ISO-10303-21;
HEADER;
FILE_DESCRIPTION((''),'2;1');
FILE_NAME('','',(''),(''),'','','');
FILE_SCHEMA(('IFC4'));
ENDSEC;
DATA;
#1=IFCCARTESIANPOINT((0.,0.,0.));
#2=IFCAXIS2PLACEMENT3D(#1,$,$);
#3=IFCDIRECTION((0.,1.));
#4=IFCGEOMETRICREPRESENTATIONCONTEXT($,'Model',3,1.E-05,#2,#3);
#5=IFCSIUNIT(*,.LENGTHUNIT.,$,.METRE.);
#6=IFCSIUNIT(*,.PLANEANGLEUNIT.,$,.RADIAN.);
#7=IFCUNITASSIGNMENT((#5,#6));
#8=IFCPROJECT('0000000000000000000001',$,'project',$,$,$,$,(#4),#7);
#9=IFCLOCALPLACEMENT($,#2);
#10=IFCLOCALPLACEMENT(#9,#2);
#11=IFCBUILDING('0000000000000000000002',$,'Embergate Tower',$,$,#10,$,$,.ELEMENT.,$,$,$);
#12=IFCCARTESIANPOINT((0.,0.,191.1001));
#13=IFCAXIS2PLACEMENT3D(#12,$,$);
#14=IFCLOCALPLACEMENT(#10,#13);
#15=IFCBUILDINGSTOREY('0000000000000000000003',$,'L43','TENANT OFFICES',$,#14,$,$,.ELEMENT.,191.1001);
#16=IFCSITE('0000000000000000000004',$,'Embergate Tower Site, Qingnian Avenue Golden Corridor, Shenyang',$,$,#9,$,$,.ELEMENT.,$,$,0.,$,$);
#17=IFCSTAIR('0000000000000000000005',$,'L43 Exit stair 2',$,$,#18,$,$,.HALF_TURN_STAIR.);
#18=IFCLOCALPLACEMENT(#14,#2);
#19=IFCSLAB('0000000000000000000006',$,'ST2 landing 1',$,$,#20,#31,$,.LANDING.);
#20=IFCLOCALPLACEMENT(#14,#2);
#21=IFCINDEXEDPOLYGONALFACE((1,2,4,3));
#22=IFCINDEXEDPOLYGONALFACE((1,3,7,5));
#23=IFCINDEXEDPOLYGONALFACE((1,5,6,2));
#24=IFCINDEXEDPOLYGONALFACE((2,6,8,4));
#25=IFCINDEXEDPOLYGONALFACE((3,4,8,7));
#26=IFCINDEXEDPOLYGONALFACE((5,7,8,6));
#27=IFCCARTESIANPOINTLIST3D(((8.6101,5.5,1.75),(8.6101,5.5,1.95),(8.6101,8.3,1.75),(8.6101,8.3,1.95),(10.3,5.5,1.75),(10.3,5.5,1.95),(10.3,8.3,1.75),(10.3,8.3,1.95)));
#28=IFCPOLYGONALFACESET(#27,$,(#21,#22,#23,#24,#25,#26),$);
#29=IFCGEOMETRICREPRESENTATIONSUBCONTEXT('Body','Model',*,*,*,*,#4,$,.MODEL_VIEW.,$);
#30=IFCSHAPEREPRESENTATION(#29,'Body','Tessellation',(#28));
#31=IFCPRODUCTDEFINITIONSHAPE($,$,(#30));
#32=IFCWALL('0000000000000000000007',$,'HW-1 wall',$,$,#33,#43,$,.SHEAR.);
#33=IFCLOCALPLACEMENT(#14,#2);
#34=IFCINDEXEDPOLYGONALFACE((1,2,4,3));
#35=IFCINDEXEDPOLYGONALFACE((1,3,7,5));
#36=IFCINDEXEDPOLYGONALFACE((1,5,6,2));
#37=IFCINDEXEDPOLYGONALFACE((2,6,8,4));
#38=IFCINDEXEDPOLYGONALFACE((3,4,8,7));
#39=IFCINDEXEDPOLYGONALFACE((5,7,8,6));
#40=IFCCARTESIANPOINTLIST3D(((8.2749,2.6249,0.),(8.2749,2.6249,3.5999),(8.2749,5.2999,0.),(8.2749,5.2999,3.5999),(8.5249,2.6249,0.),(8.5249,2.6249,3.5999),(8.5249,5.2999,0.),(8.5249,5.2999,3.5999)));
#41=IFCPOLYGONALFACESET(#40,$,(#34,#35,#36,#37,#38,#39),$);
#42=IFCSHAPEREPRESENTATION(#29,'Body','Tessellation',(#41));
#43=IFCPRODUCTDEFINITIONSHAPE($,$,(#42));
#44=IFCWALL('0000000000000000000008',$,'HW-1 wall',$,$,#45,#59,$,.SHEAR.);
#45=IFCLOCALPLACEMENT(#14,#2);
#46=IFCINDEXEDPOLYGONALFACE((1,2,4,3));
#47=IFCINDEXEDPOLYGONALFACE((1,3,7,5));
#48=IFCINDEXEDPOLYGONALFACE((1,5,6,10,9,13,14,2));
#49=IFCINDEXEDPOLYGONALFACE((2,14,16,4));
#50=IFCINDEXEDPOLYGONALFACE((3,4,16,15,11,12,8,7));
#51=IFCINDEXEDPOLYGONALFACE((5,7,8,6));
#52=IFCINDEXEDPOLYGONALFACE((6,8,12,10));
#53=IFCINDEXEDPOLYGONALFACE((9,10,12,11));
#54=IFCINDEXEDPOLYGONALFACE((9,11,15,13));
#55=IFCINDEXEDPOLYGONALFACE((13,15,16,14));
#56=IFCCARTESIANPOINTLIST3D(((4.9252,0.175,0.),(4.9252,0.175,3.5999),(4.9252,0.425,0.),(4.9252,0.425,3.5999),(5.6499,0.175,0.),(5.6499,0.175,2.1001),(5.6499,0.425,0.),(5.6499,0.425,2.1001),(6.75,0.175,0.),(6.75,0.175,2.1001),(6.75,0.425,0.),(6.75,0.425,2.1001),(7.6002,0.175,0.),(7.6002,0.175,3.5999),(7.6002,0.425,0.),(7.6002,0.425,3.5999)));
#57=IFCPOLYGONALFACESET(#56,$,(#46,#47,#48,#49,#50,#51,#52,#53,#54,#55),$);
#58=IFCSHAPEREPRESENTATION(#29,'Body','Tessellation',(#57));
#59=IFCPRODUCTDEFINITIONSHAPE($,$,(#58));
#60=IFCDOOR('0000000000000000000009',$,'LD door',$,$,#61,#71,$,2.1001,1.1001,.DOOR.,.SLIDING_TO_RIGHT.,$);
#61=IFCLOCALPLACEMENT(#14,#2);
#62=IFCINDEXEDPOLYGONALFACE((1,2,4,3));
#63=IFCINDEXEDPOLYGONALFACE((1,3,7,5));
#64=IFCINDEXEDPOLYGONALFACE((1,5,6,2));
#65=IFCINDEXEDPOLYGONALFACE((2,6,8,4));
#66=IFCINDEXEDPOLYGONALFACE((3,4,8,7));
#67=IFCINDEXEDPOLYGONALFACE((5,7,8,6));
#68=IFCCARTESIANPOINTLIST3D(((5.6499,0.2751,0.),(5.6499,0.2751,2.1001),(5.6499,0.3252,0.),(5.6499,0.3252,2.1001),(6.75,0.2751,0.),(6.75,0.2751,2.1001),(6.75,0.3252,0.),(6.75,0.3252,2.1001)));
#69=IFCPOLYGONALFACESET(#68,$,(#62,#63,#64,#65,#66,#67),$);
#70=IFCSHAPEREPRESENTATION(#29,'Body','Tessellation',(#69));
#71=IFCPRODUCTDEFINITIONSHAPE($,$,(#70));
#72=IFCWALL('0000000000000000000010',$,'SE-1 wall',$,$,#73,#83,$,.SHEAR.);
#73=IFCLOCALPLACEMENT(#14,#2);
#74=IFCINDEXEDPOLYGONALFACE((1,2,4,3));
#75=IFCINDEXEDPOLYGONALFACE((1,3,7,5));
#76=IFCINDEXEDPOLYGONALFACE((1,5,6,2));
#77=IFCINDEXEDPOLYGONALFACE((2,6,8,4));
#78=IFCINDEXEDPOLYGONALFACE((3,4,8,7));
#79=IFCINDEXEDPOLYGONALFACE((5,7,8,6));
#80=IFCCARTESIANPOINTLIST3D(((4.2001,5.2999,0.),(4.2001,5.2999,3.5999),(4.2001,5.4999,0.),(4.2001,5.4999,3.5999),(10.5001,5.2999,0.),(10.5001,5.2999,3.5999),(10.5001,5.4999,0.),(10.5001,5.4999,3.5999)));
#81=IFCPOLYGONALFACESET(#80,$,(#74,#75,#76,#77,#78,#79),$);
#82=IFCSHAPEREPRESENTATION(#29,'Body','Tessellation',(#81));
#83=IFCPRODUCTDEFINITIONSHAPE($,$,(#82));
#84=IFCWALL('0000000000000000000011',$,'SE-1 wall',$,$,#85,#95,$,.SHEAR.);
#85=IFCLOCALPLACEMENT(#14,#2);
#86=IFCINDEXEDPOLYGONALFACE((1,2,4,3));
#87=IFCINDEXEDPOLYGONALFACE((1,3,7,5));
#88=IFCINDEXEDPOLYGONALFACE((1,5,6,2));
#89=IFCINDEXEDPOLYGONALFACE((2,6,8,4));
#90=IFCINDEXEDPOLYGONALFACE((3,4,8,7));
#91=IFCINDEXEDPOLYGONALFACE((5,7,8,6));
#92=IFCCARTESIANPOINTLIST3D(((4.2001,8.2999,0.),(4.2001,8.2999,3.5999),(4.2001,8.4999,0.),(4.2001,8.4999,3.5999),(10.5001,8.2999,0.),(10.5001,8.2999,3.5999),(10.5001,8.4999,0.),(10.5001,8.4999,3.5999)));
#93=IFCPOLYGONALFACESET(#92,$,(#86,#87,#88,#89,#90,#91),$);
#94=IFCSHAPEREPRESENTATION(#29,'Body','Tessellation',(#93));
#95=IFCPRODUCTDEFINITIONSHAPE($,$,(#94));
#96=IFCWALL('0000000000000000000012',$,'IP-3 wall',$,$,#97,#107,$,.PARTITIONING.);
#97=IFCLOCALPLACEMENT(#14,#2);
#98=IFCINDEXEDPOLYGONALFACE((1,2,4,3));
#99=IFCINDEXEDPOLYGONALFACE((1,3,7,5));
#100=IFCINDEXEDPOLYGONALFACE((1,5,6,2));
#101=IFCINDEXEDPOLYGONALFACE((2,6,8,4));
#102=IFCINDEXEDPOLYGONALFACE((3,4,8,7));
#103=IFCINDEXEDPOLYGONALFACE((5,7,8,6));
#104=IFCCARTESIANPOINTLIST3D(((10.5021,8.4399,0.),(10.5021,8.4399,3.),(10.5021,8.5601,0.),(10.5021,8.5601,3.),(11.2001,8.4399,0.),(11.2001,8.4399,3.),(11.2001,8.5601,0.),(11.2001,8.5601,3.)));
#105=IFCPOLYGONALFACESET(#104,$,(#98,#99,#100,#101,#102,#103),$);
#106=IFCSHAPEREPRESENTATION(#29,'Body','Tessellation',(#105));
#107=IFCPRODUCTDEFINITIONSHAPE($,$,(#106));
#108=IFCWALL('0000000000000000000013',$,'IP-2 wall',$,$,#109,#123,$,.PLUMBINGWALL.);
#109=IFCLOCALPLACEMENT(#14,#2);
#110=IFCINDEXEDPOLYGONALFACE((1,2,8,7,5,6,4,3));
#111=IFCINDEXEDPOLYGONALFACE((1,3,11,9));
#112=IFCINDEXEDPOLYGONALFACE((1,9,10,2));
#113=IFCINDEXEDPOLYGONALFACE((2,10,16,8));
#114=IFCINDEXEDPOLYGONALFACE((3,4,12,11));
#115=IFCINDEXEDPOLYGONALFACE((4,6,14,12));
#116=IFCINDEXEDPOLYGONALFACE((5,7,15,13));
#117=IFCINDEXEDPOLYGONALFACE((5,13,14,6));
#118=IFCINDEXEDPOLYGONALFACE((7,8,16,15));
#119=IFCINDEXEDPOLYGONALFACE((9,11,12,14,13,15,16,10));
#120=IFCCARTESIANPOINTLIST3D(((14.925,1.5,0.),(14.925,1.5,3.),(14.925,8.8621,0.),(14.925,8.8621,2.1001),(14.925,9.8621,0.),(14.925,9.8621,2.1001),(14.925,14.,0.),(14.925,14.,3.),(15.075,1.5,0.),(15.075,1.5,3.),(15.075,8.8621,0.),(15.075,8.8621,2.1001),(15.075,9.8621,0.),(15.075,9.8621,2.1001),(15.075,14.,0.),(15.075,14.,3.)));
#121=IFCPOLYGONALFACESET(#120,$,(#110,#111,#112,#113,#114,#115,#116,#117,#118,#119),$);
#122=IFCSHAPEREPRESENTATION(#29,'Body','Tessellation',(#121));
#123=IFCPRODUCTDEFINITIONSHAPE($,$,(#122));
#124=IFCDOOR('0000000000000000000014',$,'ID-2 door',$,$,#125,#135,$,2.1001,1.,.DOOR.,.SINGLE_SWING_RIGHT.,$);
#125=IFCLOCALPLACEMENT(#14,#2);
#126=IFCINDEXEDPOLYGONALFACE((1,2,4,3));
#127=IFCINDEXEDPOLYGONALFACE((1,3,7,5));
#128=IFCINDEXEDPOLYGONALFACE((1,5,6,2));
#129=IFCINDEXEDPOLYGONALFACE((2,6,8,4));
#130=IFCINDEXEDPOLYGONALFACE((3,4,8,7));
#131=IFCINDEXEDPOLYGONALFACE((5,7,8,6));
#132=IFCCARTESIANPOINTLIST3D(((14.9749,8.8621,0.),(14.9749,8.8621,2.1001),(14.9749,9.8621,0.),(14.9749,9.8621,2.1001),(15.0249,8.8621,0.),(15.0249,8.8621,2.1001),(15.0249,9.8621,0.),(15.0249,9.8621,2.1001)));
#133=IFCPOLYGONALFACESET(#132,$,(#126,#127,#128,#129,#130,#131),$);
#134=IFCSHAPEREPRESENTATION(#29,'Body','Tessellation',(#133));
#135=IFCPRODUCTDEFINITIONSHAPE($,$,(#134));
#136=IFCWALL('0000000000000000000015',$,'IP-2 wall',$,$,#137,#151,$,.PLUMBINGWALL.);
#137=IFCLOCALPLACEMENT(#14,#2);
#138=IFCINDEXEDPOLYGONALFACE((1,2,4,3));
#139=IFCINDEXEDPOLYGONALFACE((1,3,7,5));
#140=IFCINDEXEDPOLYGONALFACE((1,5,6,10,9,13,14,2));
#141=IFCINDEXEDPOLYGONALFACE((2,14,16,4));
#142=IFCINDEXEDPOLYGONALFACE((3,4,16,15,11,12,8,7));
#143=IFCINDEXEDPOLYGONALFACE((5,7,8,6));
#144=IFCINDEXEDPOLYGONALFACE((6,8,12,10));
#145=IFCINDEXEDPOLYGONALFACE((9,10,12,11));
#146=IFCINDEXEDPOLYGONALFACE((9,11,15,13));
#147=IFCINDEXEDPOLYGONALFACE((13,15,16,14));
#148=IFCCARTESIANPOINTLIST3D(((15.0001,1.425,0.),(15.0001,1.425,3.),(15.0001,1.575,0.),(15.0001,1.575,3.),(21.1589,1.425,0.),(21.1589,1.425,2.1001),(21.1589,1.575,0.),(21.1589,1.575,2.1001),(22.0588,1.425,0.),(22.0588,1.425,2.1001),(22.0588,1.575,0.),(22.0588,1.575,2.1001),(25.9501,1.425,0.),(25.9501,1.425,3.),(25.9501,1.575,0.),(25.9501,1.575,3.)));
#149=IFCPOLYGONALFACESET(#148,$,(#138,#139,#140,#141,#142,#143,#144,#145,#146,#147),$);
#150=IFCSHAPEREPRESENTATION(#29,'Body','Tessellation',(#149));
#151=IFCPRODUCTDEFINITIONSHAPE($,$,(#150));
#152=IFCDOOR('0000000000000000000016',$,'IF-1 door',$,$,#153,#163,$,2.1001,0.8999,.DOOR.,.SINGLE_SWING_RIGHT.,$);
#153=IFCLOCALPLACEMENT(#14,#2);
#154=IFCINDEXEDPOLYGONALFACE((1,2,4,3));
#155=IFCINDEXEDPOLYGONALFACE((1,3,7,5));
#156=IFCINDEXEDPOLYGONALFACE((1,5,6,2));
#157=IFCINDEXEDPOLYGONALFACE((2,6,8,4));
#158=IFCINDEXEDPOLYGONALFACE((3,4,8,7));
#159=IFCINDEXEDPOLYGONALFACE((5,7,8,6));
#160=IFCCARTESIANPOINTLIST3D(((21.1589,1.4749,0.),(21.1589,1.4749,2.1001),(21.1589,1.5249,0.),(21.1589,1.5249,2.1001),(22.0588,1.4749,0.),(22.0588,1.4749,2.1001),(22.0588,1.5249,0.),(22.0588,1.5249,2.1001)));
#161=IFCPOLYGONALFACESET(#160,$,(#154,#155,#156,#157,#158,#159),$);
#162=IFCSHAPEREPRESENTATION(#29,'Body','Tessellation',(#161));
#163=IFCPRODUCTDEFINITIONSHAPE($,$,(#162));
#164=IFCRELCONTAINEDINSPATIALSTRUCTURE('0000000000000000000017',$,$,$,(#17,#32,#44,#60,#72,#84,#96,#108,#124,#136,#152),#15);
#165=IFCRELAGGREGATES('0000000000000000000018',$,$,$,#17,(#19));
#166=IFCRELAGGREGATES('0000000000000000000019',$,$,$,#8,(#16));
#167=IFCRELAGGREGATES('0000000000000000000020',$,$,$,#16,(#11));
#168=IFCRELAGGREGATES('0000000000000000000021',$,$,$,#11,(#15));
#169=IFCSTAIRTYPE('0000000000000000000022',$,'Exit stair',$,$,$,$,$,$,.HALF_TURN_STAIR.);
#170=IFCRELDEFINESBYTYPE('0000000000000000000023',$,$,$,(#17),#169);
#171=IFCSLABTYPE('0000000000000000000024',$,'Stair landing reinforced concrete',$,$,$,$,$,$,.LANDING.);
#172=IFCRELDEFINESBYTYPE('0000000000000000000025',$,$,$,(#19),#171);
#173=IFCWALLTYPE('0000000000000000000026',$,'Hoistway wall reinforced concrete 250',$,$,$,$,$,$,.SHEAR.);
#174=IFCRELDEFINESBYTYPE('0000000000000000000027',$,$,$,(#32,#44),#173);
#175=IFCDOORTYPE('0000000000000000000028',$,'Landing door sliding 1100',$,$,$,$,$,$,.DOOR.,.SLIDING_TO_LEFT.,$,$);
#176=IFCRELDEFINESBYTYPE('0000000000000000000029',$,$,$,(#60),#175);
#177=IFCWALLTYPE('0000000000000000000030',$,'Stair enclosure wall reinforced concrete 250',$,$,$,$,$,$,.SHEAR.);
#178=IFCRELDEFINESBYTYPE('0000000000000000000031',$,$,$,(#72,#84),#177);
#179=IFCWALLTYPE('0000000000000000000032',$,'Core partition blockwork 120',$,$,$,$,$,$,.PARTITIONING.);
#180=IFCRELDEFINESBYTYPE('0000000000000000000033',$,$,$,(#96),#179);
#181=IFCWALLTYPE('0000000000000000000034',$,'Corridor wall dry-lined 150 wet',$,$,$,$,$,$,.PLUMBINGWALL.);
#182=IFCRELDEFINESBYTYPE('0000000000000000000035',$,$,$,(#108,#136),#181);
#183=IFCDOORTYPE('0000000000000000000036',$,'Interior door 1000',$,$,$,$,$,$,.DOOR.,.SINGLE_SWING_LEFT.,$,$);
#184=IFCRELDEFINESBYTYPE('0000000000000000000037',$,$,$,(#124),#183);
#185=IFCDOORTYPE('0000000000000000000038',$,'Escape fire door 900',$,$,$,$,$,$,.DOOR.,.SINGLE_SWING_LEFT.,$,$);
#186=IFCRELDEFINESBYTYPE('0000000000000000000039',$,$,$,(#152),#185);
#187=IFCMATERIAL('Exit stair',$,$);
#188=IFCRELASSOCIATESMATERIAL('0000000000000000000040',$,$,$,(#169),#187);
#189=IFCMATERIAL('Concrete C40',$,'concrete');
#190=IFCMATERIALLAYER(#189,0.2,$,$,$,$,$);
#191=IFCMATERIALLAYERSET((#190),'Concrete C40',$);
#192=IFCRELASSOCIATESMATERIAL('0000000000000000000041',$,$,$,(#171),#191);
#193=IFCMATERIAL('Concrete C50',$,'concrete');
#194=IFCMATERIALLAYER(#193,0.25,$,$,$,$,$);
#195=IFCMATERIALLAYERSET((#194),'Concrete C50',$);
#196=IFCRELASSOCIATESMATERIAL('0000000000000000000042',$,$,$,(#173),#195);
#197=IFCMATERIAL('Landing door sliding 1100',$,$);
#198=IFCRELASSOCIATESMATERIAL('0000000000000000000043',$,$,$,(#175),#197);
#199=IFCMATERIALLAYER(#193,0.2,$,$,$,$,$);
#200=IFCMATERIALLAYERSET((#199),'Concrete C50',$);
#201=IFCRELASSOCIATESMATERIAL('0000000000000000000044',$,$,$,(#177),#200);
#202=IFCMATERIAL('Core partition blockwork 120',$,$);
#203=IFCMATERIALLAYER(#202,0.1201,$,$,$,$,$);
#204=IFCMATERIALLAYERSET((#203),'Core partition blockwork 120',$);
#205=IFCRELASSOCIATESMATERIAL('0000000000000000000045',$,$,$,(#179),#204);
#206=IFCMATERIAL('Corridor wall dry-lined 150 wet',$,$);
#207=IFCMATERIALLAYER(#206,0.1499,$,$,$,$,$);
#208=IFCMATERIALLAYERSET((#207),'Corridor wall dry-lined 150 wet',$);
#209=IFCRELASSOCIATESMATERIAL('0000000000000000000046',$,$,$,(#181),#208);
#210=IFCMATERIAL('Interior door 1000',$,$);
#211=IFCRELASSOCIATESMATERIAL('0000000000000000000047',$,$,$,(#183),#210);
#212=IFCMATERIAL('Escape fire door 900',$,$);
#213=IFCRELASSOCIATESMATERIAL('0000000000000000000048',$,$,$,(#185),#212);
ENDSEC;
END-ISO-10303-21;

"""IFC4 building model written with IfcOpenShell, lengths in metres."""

from ifc_helpers import new_model, si_unit, direction, frame, frame_2d, origin, place, context, subcontext, project, spatial, polyline, rectangle, outline, extrude, source, transform, mapped, material, layer, layer_set, type_object, element, fill, aggregate, save


model = new_model("IFC4")

# Units and contexts
model_context = context("Model", 3, precision=1e-05, world=origin(), true_north=direction((0.0, 1.0)))
body_context = subcontext(model_context, "Body", "Model", "MODEL_VIEW")
ifc_project = project(units=[si_unit("LENGTHUNIT", "METRE"), si_unit("PLANEANGLEUNIT", "RADIAN")], contexts=[model_context])

# Site, building, storey
site_placement = place(None, origin())
site = spatial("IfcSite", under=ifc_project, at=site_placement, Name="Embergate Tower Site, Qingnian Avenue Golden Corridor, Shenyang", CompositionType="ELEMENT", RefElevation=0.0)
building_placement = place(site_placement, origin())
building = spatial("IfcBuilding", under=site, at=building_placement, Name="Embergate Tower", CompositionType="ELEMENT")
storey_placement = place(building_placement, frame((0.0, 0.0, 191.1001)))
storey = spatial("IfcBuildingStorey", under=building, at=storey_placement, Name="L43", Description="TENANT OFFICES", CompositionType="ELEMENT", Elevation=191.1001)

# Stair, slab
ifc_material_1 = material(Name="Exit stair")
stair_type = type_object("IfcStairType", Name="Exit stair", PredefinedType="HALF_TURN_STAIR", material=ifc_material_1)
stair_placement = place(storey_placement, origin())
stair = element("IfcStair", 1, at=stair_placement, inside=storey, type_object=stair_type, Name="L43 Exit stair 2", PredefinedType="HALF_TURN_STAIR")
ifc_material_2 = material(Name="Concrete C40", Category="concrete")
ifc_layer_1 = layer(ifc_material_2, 0.2)
ifc_layer_set_1 = layer_set([ifc_layer_1], Name="Concrete C40")
slab_type = type_object("IfcSlabType", Name="Stair landing reinforced concrete", PredefinedType="LANDING", material=ifc_layer_set_1)
shared_shape_1 = source(origin(), body_context, "Body", "SweptSolid", [
    extrude(outline(polyline([(0.0, 0.0), (1.6899, 0.0), (1.6899, 2.8), (0.0, 2.8), (0.0, 0.0)])), origin(), (0.0, 0.0, 1.0), 0.2),
])
slab_placement = place(storey_placement, frame((8.6101, 5.5, 1.75)))
slab = element("IfcSlab", 2, at=slab_placement, type_object=slab_type, Name="ST2 landing 1", PredefinedType="LANDING", context=body_context, shape_type="MappedRepresentation", body=[
    mapped(shared_shape_1, transform((0.0, 0.0, 0.0))),
])

# Wall
ifc_material_3 = material(Name="Concrete C50", Category="concrete")
ifc_layer_2 = layer(ifc_material_3, 0.25)
ifc_layer_set_2 = layer_set([ifc_layer_2], Name="Concrete C50")
wall_type_1 = type_object("IfcWallType", Name="Hoistway wall reinforced concrete 250", PredefinedType="SHEAR", material=ifc_layer_set_2)
shared_shape_2 = source(origin(), body_context, "Body", "SweptSolid", [
    extrude(rectangle(XDim=2.675, YDim=0.25, at=frame_2d((1.3374, 0.0))), origin(), (0.0, 0.0, 1.0), 3.5999),
])
wall_1_placement = place(storey_placement, frame((8.3999, 2.625, 0.0), z_axis=(0.0, 0.0, 1.0), x_axis=(0.0, 1.0, 0.0)))
element("IfcWall", 3, at=wall_1_placement, inside=storey, type_object=wall_type_1, Name="HW-1 wall", PredefinedType="SHEAR", context=body_context, shape_type="MappedRepresentation", body=[
    mapped(shared_shape_2, transform((0.0, 0.0, 0.0))),
])

# Wall, opening, door
wall_2_placement = place(storey_placement, frame((7.6001, 0.3, 0.0), z_axis=(0.0, 0.0, 1.0), x_axis=(-1.0, 0.0, 0.0)))
wall_2 = element("IfcWall", 4, at=wall_2_placement, inside=storey, type_object=wall_type_1, Name="HW-1 wall", PredefinedType="SHEAR", context=body_context, shape_type="MappedRepresentation", body=[
    mapped(shared_shape_2, transform((0.0, 0.0, 0.0))),
])
shared_shape_3 = source(origin(), body_context, "Body", "SweptSolid", [
    extrude(rectangle(XDim=1.1001, YDim=2.1001, at=frame_2d((0.55, 1.05))), frame((0.0, 0.135, 0.0), z_axis=(0.0, -1.0, 0.0), x_axis=(1.0, 0.0, 0.0)), (0.0, 0.0, 1.0), 0.27),
])
opening_1_placement = place(wall_2_placement, frame((0.8501, 0.0, 0.0)))
opening_1 = element("IfcOpeningElement", 5, at=opening_1_placement, cuts=wall_2, PredefinedType="OPENING", context=body_context, shape_type="MappedRepresentation", body=[
    mapped(shared_shape_3, transform((0.0, 0.0, 0.0))),
])
ifc_material_4 = material(Name="Landing door sliding 1100")
door_type_1 = type_object("IfcDoorType", Name="Landing door sliding 1100", OperationType="SLIDING_TO_LEFT", PredefinedType="DOOR", material=ifc_material_4)
shared_shape_4 = source(origin(), body_context, "Body", "SweptSolid", [
    extrude(rectangle(XDim=1.1001, YDim=2.1001, at=frame_2d((0.55, 1.05))), frame((0.0, 0.0249, 0.0), z_axis=(0.0, -1.0, 0.0), x_axis=(1.0, 0.0, 0.0)), (0.0, 0.0, 1.0), 0.05),
])
door_1_placement = place(opening_1_placement, origin())
door_1 = element("IfcDoor", 6, at=door_1_placement, inside=storey, type_object=door_type_1, Name="LD door", OperationType="SLIDING_TO_RIGHT", OverallHeight=2.1001, OverallWidth=1.1001, PredefinedType="DOOR", context=body_context, shape_type="MappedRepresentation", body=[
    mapped(shared_shape_4, transform((0.0, 0.0, 0.0))),
])
fill(opening_1, door_1)

# Walls
ifc_layer_3 = layer(ifc_material_3, 0.2)
ifc_layer_set_3 = layer_set([ifc_layer_3], Name="Concrete C50")
wall_type_2 = type_object("IfcWallType", Name="Stair enclosure wall reinforced concrete 250", PredefinedType="SHEAR", material=ifc_layer_set_3)
shared_shape_5 = source(origin(), body_context, "Body", "SweptSolid", [
    extrude(rectangle(XDim=6.3, YDim=0.2, at=frame_2d((3.1499, 0.0))), origin(), (0.0, 0.0, 1.0), 3.5999),
])
for number, where, z_axis, x_axis, name in (
    (7, (10.5, 5.3999, 0.0), (0.0, 0.0, 1.0), (-1.0, 0.0, 0.0), "SE-1 wall"),
    (8, (10.5, 8.3999, 0.0), (0.0, 0.0, 1.0), (-1.0, 0.0, 0.0), "SE-1 wall"),
):
    element("IfcWall", number, at=place(storey_placement, frame(where, z_axis=z_axis, x_axis=x_axis)), inside=storey, type_object=wall_type_2, Name=name, PredefinedType="SHEAR", context=body_context, shape_type="MappedRepresentation", body=[
        mapped(shared_shape_5, transform((0.0, 0.0, 0.0))),
    ])
ifc_material_5 = material(Name="Core partition blockwork 120")
ifc_layer_4 = layer(ifc_material_5, 0.1201)
ifc_layer_set_4 = layer_set([ifc_layer_4], Name="Core partition blockwork 120")
wall_type_3 = type_object("IfcWallType", Name="Core partition blockwork 120", PredefinedType="PARTITIONING", material=ifc_layer_set_4)
shared_shape_6 = source(origin(), body_context, "Body", "SweptSolid", [
    extrude(rectangle(XDim=0.698, YDim=0.1201, at=frame_2d((0.3491, 0.0))), origin(), (0.0, 0.0, 1.0), 3.0),
])
wall_3_placement = place(storey_placement, frame((10.502, 8.5, 0.0), z_axis=(0.0, 0.0, 1.0), x_axis=(1.0, 0.0, 0.0)))
element("IfcWall", 9, at=wall_3_placement, inside=storey, type_object=wall_type_3, Name="IP-3 wall", PredefinedType="PARTITIONING", context=body_context, shape_type="MappedRepresentation", body=[
    mapped(shared_shape_6, transform((0.0, 0.0, 0.0))),
])

# Walls, openings, doors
ifc_material_6 = material(Name="Corridor wall dry-lined 150 wet")
ifc_layer_5 = layer(ifc_material_6, 0.1499)
ifc_layer_set_5 = layer_set([ifc_layer_5], Name="Corridor wall dry-lined 150 wet")
wall_type_4 = type_object("IfcWallType", Name="Corridor wall dry-lined 150 wet", PredefinedType="PLUMBINGWALL", material=ifc_layer_set_5)
shared_shape_7 = source(origin(), body_context, "Body", "SweptSolid", [
    extrude(rectangle(XDim=12.5, YDim=0.1499, at=frame_2d((6.25, 0.0))), origin(), (0.0, 0.0, 1.0), 3.0),
])
wall_4_placement = place(storey_placement, frame((15.0, 14.0, 0.0), z_axis=(0.0, 0.0, 1.0), x_axis=(0.0, -1.0, 0.0)))
wall_4 = element("IfcWall", 10, at=wall_4_placement, inside=storey, type_object=wall_type_4, Name="IP-2 wall", PredefinedType="PLUMBINGWALL", context=body_context, shape_type="MappedRepresentation", body=[
    mapped(shared_shape_7, transform((0.0, 0.0, 0.0))),
])
shared_shape_8 = source(origin(), body_context, "Body", "SweptSolid", [
    extrude(rectangle(XDim=1.0, YDim=2.1001, at=frame_2d((0.5, 1.05))), frame((0.0, 0.085, 0.0), z_axis=(0.0, -1.0, 0.0), x_axis=(1.0, 0.0, 0.0)), (0.0, 0.0, 1.0), 0.1699),
])
opening_2_placement = place(wall_4_placement, frame((4.1379, 0.0, 0.0)))
opening_2 = element("IfcOpeningElement", 11, at=opening_2_placement, cuts=wall_4, PredefinedType="OPENING", context=body_context, shape_type="MappedRepresentation", body=[
    mapped(shared_shape_8, transform((0.0, 0.0, 0.0))),
])
ifc_material_7 = material(Name="Interior door 1000")
door_type_2 = type_object("IfcDoorType", Name="Interior door 1000", OperationType="SINGLE_SWING_LEFT", PredefinedType="DOOR", material=ifc_material_7)
shared_shape_9 = source(origin(), body_context, "Body", "SweptSolid", [
    extrude(rectangle(XDim=1.0, YDim=2.1001, at=frame_2d((0.5, 1.05))), frame((0.0, 0.0249, 0.0), z_axis=(0.0, -1.0, 0.0), x_axis=(1.0, 0.0, 0.0)), (0.0, 0.0, 1.0), 0.05),
])
door_2_placement = place(opening_2_placement, origin())
door_2 = element("IfcDoor", 12, at=door_2_placement, inside=storey, type_object=door_type_2, Name="ID-2 door", OperationType="SINGLE_SWING_RIGHT", OverallHeight=2.1001, OverallWidth=1.0, PredefinedType="DOOR", context=body_context, shape_type="MappedRepresentation", body=[
    mapped(shared_shape_9, transform((0.0, 0.0, 0.0))),
])
fill(opening_2, door_2)
shared_shape_10 = source(origin(), body_context, "Body", "SweptSolid", [
    extrude(rectangle(XDim=10.95, YDim=0.1499, at=frame_2d((5.4751, 0.0))), origin(), (0.0, 0.0, 1.0), 3.0),
])
wall_5_placement = place(storey_placement, frame((15.0, 1.5, 0.0), z_axis=(0.0, 0.0, 1.0), x_axis=(1.0, 0.0, 0.0)))
wall_5 = element("IfcWall", 13, at=wall_5_placement, inside=storey, type_object=wall_type_4, Name="IP-2 wall", PredefinedType="PLUMBINGWALL", context=body_context, shape_type="MappedRepresentation", body=[
    mapped(shared_shape_10, transform((0.0, 0.0, 0.0))),
])
shared_shape_11 = source(origin(), body_context, "Body", "SweptSolid", [
    extrude(rectangle(XDim=0.8999, YDim=2.1001, at=frame_2d((0.45, 1.05))), frame((0.0, 0.085, 0.0), z_axis=(0.0, -1.0, 0.0), x_axis=(1.0, 0.0, 0.0)), (0.0, 0.0, 1.0), 0.1699),
])
opening_3_placement = place(wall_5_placement, frame((6.1589, 0.0, 0.0)))
opening_3 = element("IfcOpeningElement", 14, at=opening_3_placement, cuts=wall_5, PredefinedType="OPENING", context=body_context, shape_type="MappedRepresentation", body=[
    mapped(shared_shape_11, transform((0.0, 0.0, 0.0))),
])
ifc_material_8 = material(Name="Escape fire door 900")
door_type_3 = type_object("IfcDoorType", Name="Escape fire door 900", OperationType="SINGLE_SWING_LEFT", PredefinedType="DOOR", material=ifc_material_8)
shared_shape_12 = source(origin(), body_context, "Body", "SweptSolid", [
    extrude(rectangle(XDim=0.8999, YDim=2.1001, at=frame_2d((0.45, 1.05))), frame((0.0, 0.0249, 0.0), z_axis=(0.0, -1.0, 0.0), x_axis=(1.0, 0.0, 0.0)), (0.0, 0.0, 1.0), 0.05),
])
door_3_placement = place(opening_3_placement, origin())
door_3 = element("IfcDoor", 15, at=door_3_placement, inside=storey, type_object=door_type_3, Name="IF-1 door", OperationType="SINGLE_SWING_RIGHT", OverallHeight=2.1001, OverallWidth=0.8999, PredefinedType="DOOR", context=body_context, shape_type="MappedRepresentation", body=[
    mapped(shared_shape_12, transform((0.0, 0.0, 0.0))),
])
fill(opening_3, door_3)

aggregate(stair, [slab])

save(model, "model.ifc")
